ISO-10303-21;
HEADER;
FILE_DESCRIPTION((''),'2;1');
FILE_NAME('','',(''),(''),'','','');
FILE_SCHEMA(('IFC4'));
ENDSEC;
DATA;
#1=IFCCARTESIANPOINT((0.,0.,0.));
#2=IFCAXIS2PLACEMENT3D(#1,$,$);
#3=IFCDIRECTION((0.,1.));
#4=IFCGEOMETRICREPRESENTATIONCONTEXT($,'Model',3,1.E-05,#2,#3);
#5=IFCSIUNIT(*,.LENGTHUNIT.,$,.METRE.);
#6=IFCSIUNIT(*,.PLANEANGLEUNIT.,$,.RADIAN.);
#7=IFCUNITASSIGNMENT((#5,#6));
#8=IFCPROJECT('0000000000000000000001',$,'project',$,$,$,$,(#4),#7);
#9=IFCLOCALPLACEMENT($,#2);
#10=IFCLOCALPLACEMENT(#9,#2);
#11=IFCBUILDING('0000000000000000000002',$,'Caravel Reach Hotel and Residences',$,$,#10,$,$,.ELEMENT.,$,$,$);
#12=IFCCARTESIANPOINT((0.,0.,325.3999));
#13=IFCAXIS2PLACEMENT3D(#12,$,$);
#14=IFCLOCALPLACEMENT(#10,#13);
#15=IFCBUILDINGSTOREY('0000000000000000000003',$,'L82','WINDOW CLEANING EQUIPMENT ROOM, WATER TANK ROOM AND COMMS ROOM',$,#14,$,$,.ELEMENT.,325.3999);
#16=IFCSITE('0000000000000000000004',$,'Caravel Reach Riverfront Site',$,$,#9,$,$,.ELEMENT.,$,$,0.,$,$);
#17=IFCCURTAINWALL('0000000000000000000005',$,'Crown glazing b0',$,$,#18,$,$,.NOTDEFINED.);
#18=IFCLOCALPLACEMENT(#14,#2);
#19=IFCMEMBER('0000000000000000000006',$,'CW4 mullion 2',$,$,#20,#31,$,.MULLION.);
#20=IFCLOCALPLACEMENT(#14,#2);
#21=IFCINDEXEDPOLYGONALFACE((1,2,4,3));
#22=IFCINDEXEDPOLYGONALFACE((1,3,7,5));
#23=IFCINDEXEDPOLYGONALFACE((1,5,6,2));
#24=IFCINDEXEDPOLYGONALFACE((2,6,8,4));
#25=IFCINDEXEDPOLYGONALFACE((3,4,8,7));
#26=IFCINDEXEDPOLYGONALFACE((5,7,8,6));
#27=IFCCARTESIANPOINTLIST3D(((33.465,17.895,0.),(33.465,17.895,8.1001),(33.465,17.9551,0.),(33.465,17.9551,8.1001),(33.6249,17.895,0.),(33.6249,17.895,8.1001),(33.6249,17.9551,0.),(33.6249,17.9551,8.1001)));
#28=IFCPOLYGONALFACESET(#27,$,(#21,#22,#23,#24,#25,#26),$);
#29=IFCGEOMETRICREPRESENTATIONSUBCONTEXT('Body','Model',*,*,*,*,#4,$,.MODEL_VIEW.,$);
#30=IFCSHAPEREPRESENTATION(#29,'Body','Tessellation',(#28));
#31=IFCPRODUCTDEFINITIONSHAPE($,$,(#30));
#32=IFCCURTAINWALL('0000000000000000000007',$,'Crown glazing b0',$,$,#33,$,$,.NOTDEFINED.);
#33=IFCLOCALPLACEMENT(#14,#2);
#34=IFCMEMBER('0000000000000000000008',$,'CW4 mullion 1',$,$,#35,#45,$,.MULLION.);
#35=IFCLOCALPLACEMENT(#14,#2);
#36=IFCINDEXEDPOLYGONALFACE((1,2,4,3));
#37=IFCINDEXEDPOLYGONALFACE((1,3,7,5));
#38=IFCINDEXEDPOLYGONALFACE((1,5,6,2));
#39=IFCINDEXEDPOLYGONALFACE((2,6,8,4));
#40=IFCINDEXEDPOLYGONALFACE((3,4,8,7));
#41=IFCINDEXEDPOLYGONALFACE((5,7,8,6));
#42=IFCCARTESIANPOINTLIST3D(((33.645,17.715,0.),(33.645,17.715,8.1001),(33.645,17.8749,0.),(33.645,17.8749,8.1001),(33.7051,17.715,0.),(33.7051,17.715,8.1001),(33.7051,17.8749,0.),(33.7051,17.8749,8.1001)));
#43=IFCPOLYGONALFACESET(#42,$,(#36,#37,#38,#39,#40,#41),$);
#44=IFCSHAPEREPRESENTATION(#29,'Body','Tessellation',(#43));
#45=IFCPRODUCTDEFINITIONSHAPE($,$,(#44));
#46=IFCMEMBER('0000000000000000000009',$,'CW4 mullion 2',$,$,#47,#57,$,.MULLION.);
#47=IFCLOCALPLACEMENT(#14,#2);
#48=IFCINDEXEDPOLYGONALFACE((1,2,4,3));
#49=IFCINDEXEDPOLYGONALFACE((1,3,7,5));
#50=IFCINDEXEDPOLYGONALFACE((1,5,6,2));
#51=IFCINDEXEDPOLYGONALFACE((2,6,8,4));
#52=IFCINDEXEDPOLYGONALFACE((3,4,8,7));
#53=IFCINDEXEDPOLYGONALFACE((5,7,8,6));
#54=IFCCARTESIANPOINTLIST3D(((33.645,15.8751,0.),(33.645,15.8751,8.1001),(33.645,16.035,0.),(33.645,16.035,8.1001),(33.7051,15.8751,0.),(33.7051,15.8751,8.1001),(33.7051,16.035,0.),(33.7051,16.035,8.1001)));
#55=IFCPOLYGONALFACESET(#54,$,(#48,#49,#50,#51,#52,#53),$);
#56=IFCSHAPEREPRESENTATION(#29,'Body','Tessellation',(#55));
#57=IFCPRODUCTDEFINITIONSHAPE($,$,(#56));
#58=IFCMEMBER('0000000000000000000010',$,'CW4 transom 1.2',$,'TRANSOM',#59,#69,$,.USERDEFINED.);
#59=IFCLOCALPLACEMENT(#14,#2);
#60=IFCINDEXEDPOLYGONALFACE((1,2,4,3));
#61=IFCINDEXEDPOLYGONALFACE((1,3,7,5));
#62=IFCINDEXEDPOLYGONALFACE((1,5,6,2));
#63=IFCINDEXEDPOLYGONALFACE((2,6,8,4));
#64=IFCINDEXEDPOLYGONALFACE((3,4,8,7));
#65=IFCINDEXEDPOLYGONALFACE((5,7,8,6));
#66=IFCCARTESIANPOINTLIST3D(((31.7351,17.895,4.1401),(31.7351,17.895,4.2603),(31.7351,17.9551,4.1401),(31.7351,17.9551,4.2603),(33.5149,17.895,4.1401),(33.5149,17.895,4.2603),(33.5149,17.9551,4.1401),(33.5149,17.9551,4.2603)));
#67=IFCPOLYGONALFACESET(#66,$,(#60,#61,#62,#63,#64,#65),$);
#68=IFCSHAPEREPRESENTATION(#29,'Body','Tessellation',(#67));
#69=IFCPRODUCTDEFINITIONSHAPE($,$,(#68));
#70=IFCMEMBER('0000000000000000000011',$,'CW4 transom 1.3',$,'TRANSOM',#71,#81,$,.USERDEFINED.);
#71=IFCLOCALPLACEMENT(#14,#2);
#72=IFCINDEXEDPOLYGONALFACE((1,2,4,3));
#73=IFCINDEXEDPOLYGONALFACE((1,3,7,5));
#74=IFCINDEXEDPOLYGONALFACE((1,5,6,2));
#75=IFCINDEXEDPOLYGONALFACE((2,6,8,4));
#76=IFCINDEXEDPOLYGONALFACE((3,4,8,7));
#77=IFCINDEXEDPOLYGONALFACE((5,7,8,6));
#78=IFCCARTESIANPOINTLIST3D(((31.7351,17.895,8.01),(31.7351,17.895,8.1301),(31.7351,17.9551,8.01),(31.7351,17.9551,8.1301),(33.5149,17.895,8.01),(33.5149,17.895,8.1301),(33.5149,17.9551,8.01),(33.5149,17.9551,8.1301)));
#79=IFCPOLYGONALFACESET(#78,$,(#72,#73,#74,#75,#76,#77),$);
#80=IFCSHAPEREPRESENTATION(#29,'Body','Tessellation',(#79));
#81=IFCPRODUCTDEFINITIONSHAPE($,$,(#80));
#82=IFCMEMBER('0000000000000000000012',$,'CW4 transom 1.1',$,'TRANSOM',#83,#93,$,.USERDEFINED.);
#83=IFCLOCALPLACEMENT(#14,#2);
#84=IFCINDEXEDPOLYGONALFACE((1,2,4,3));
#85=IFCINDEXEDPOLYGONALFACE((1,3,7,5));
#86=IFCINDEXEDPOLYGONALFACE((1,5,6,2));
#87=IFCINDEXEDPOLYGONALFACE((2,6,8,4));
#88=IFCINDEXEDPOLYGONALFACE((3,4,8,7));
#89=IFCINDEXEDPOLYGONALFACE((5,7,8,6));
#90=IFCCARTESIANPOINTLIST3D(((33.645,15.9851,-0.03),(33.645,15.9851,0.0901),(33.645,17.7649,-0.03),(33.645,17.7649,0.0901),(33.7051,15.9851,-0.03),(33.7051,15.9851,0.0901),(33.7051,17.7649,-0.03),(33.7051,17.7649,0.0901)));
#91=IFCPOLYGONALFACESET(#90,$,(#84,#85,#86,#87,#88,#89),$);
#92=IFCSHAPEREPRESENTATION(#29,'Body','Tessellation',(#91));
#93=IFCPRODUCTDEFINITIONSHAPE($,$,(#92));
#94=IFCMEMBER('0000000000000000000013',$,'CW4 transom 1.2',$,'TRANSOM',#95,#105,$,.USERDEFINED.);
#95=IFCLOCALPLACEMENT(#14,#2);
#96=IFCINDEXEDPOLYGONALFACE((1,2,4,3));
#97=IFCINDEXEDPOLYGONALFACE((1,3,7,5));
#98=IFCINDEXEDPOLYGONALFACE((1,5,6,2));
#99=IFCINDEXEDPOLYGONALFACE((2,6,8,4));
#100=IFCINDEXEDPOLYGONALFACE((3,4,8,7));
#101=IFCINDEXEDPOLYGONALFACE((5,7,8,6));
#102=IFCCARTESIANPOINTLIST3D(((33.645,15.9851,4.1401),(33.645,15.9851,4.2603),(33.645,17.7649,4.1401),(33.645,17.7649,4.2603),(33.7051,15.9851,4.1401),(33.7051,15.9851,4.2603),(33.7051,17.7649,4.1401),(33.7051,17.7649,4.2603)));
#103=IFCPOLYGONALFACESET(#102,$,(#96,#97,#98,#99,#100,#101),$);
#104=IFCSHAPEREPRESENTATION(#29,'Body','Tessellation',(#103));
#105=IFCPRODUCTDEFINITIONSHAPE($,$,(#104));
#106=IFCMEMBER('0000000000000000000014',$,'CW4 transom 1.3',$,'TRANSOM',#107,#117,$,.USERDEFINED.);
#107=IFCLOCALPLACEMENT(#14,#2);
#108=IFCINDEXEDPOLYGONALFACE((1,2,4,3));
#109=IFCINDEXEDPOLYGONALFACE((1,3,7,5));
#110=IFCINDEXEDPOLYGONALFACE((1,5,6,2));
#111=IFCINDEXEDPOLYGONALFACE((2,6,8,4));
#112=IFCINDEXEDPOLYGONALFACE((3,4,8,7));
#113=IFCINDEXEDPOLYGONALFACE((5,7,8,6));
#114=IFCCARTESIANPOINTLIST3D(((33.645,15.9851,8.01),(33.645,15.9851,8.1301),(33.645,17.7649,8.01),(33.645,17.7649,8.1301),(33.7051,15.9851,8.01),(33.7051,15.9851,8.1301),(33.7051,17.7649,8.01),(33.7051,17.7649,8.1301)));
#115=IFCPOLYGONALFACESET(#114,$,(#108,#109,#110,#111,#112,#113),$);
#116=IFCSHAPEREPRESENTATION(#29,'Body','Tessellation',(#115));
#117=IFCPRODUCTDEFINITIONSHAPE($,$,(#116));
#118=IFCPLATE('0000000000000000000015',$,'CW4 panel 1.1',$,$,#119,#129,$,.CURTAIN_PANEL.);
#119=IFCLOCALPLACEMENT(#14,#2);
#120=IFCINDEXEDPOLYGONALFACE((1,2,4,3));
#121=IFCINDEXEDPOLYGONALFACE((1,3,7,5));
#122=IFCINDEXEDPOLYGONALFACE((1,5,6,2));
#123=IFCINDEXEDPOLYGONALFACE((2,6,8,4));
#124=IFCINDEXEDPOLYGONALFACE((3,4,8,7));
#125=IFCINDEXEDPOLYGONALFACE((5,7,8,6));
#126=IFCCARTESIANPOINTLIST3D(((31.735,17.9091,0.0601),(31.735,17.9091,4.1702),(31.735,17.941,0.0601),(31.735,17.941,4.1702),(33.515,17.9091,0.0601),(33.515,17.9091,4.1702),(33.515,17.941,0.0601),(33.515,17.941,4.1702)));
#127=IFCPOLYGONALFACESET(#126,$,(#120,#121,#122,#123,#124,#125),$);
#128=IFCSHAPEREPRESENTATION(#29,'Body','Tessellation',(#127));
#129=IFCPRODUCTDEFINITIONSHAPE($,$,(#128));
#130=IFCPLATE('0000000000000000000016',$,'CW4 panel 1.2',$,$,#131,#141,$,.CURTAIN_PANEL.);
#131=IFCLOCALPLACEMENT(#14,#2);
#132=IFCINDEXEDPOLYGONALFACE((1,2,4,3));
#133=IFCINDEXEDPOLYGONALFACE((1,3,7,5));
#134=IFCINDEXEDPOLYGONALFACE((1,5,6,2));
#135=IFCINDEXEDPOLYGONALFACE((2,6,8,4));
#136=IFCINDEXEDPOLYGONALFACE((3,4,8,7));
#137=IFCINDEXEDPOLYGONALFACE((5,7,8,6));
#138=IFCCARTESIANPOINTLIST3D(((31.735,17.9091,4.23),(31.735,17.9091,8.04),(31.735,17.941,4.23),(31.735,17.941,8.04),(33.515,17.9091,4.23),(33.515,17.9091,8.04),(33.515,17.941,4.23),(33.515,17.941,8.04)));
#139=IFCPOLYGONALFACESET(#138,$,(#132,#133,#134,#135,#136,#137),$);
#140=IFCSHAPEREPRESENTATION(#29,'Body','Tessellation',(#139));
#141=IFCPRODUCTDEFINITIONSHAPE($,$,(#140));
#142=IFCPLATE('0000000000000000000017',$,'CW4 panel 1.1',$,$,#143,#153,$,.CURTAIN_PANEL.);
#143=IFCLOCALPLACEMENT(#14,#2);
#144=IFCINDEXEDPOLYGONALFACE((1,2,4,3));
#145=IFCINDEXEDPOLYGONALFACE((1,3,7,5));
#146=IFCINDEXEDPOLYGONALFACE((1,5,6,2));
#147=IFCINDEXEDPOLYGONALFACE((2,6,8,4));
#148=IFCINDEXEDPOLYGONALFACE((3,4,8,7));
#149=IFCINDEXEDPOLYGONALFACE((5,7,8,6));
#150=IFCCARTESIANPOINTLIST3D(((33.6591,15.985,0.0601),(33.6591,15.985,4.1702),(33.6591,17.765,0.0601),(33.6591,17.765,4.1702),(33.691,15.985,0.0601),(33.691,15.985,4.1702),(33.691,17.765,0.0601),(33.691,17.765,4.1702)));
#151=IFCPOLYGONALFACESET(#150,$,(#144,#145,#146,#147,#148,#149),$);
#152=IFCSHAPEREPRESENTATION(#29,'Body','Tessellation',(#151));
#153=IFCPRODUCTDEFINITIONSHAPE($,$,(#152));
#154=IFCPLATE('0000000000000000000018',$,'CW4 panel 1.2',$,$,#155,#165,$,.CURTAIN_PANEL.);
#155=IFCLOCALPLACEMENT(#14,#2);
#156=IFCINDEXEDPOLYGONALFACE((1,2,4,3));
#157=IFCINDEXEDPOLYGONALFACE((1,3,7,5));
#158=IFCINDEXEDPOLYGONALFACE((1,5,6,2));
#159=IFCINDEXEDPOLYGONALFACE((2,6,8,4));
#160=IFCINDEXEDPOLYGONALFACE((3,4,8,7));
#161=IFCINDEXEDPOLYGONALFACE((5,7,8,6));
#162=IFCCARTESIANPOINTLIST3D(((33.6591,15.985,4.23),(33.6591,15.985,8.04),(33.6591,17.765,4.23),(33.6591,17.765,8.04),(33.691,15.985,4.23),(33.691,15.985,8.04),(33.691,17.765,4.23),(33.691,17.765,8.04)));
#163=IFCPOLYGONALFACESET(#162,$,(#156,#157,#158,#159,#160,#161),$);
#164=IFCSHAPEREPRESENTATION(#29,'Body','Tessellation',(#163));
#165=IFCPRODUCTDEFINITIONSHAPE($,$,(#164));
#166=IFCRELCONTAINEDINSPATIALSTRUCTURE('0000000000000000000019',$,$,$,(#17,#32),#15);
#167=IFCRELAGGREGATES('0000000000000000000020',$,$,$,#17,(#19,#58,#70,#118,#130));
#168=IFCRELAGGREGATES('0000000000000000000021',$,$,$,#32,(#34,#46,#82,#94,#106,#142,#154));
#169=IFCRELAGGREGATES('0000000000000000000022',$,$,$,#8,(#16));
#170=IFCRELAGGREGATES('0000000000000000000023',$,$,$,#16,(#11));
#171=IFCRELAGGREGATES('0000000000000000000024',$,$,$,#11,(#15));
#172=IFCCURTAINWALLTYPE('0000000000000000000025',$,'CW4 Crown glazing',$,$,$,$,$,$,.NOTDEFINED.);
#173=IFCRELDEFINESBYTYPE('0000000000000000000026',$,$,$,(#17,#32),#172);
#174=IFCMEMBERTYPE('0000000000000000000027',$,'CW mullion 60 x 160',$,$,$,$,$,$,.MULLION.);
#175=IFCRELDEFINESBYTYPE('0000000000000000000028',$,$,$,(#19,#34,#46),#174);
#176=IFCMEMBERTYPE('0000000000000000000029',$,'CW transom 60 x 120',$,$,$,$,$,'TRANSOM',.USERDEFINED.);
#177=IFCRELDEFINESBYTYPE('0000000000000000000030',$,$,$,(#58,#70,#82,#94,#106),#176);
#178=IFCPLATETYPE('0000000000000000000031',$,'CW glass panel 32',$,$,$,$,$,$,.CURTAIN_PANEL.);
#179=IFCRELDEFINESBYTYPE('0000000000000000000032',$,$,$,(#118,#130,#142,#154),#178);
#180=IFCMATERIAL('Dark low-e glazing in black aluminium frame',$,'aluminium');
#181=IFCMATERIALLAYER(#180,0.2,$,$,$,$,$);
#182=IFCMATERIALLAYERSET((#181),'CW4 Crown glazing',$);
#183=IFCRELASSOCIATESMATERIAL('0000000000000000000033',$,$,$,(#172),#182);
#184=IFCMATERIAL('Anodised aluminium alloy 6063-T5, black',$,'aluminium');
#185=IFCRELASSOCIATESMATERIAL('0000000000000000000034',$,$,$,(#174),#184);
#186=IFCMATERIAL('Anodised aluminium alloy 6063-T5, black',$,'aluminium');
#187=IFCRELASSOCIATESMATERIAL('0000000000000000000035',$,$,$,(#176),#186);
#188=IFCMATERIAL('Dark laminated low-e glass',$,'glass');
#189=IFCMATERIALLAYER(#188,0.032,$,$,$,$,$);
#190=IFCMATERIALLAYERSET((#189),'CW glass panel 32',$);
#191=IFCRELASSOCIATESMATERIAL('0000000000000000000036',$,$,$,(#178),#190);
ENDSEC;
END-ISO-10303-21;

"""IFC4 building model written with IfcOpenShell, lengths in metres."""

from ifc_helpers import new_model, si_unit, direction, frame, origin, origin_2d, place, context, subcontext, project, spatial, rectangle, extrude, material, layer, layer_set, material_profile, profile_set, type_object, element, aggregate, save


model = new_model("IFC4")

# Units and contexts
model_context = context("Model", 3, precision=1e-05, world=origin(), true_north=direction((0.0, 1.0)))
body_context = subcontext(model_context, "Body", "Model", "MODEL_VIEW")
ifc_project = project(units=[si_unit("LENGTHUNIT", "METRE"), si_unit("PLANEANGLEUNIT", "RADIAN")], contexts=[model_context])

# Site, building, storey
site_placement = place(None, origin())
site = spatial("IfcSite", under=ifc_project, at=site_placement, Name="Caravel Reach Riverfront Site", CompositionType="ELEMENT", RefElevation=0.0)
building_placement = place(site_placement, origin())
building = spatial("IfcBuilding", under=site, at=building_placement, Name="Caravel Reach Hotel and Residences", CompositionType="ELEMENT")
storey_placement = place(building_placement, frame((0.0, 0.0, 325.3999)))
storey = spatial("IfcBuildingStorey", under=building, at=storey_placement, Name="L82", Description="WINDOW CLEANING EQUIPMENT ROOM, WATER TANK ROOM AND COMMS ROOM", CompositionType="ELEMENT", Elevation=325.3999)

# Curtain wall, member
ifc_material_1 = material(Name="Dark low-e glazing in black aluminium frame", Category="aluminium")
ifc_layer_1 = layer(ifc_material_1, 0.2)
ifc_layer_set_1 = layer_set([ifc_layer_1], Name="CW4 Crown glazing")
curtain_wall_type = type_object("IfcCurtainWallType", Name="CW4 Crown glazing", PredefinedType="NOTDEFINED", material=ifc_layer_set_1)
curtain_wall_1_placement = place(storey_placement, origin())
curtain_wall_1 = element("IfcCurtainWall", 1, at=curtain_wall_1_placement, inside=storey, type_object=curtain_wall_type, Name="Crown glazing b0", PredefinedType="NOTDEFINED")
ifc_material_2 = material(Name="Anodised aluminium alloy 6063-T5, black", Category="aluminium")
ifc_material_profile_1 = material_profile(ifc_material_2, rectangle(XDim=0.0601, YDim=0.1599, at=origin_2d()), Name="CW mullion 60 x 160")
ifc_profile_set_1 = profile_set([ifc_material_profile_1], Name="Anodised aluminium alloy 6063-T5, black")
member_type_1 = type_object("IfcMemberType", Name="CW mullion 60 x 160", PredefinedType="MULLION", material=ifc_profile_set_1)
member_1_placement = place(storey_placement, frame((33.5449, 17.925, 0.0), z_axis=(0.0, 0.0, 1.0), x_axis=(0.0, 1.0, 0.0)))
member_1 = element("IfcMember", 2, at=member_1_placement, type_object=member_type_1, Name="CW4 mullion 2", PredefinedType="MULLION", context=body_context, shape_type="SweptSolid", body=[
    extrude(rectangle(XDim=0.0601, YDim=0.1599, at=origin_2d()), origin(), (0.0, 0.0, 1.0), 8.1001),
])

# Curtain wall, members
curtain_wall_2_placement = place(storey_placement, origin())
curtain_wall_2 = element("IfcCurtainWall", 3, at=curtain_wall_2_placement, inside=storey, type_object=curtain_wall_type, Name="Crown glazing b0", PredefinedType="NOTDEFINED")
member_2_placement = place(storey_placement, frame((33.675, 17.7949, 0.0), z_axis=(0.0, 0.0, 1.0), x_axis=(1.0, 0.0, 0.0)))
member_2 = element("IfcMember", 4, at=member_2_placement, type_object=member_type_1, Name="CW4 mullion 1", PredefinedType="MULLION", context=body_context, shape_type="SweptSolid", body=[
    extrude(rectangle(XDim=0.0601, YDim=0.1599, at=origin_2d()), origin(), (0.0, 0.0, 1.0), 8.1001),
])
member_3_placement = place(storey_placement, frame((33.675, 15.9551, 0.0), z_axis=(0.0, 0.0, 1.0), x_axis=(1.0, 0.0, 0.0)))
member_3 = element("IfcMember", 5, at=member_3_placement, type_object=member_type_1, Name="CW4 mullion 2", PredefinedType="MULLION", context=body_context, shape_type="SweptSolid", body=[
    extrude(rectangle(XDim=0.0601, YDim=0.1599, at=origin_2d()), origin(), (0.0, 0.0, 1.0), 8.1001),
])

# Members
ifc_material_3 = material(Name="Anodised aluminium alloy 6063-T5, black", Category="aluminium")
ifc_material_profile_2 = material_profile(ifc_material_3, rectangle(XDim=0.0601, YDim=0.1201, at=origin_2d()), Name="CW transom 60 x 120")
ifc_profile_set_2 = profile_set([ifc_material_profile_2], Name="Anodised aluminium alloy 6063-T5, black")
member_type_2 = type_object("IfcMemberType", Name="CW transom 60 x 120", ElementType="TRANSOM", PredefinedType="USERDEFINED", material=ifc_profile_set_2)
member_4_placement = place(storey_placement, frame((31.7351, 17.925, 4.2002), z_axis=(1.0, 0.0, 0.0), x_axis=(0.0, 1.0, 0.0)))
member_4 = element("IfcMember", 6, at=member_4_placement, type_object=member_type_2, Name="CW4 transom 1.2", ObjectType="TRANSOM", PredefinedType="USERDEFINED", context=body_context, shape_type="SweptSolid", body=[
    extrude(rectangle(XDim=0.0601, YDim=0.1201, at=origin_2d()), origin(), (0.0, 0.0, 1.0), 1.7798),
])
member_5_placement = place(storey_placement, frame((31.7351, 17.925, 8.0701), z_axis=(1.0, 0.0, 0.0), x_axis=(0.0, 1.0, 0.0)))
member_5 = element("IfcMember", 7, at=member_5_placement, type_object=member_type_2, Name="CW4 transom 1.3", ObjectType="TRANSOM", PredefinedType="USERDEFINED", context=body_context, shape_type="SweptSolid", body=[
    extrude(rectangle(XDim=0.0601, YDim=0.1201, at=origin_2d()), origin(), (0.0, 0.0, 1.0), 1.7798),
])
member_6_placement = place(storey_placement, frame((33.675, 17.7649, 0.03), z_axis=(0.0, -1.0, 0.0), x_axis=(1.0, 0.0, 0.0)))
member_6 = element("IfcMember", 8, at=member_6_placement, type_object=member_type_2, Name="CW4 transom 1.1", ObjectType="TRANSOM", PredefinedType="USERDEFINED", context=body_context, shape_type="SweptSolid", body=[
    extrude(rectangle(XDim=0.0601, YDim=0.1201, at=origin_2d()), origin(), (0.0, 0.0, 1.0), 1.7798),
])
member_7_placement = place(storey_placement, frame((33.675, 17.7649, 4.2002), z_axis=(0.0, -1.0, 0.0), x_axis=(1.0, 0.0, 0.0)))
member_7 = element("IfcMember", 9, at=member_7_placement, type_object=member_type_2, Name="CW4 transom 1.2", ObjectType="TRANSOM", PredefinedType="USERDEFINED", context=body_context, shape_type="SweptSolid", body=[
    extrude(rectangle(XDim=0.0601, YDim=0.1201, at=origin_2d()), origin(), (0.0, 0.0, 1.0), 1.7798),
])
member_8_placement = place(storey_placement, frame((33.675, 17.7649, 8.0701), z_axis=(0.0, -1.0, 0.0), x_axis=(1.0, 0.0, 0.0)))
member_8 = element("IfcMember", 10, at=member_8_placement, type_object=member_type_2, Name="CW4 transom 1.3", ObjectType="TRANSOM", PredefinedType="USERDEFINED", context=body_context, shape_type="SweptSolid", body=[
    extrude(rectangle(XDim=0.0601, YDim=0.1201, at=origin_2d()), origin(), (0.0, 0.0, 1.0), 1.7798),
])

# Plates
ifc_material_4 = material(Name="Dark laminated low-e glass", Category="glass")
ifc_layer_2 = layer(ifc_material_4, 0.032)
ifc_layer_set_2 = layer_set([ifc_layer_2], Name="CW glass panel 32")
plate_type = type_object("IfcPlateType", Name="CW glass panel 32", PredefinedType="CURTAIN_PANEL", material=ifc_layer_set_2)
plate_1_placement = place(storey_placement, frame((32.625, 17.925, 0.0601), z_axis=(0.0, 0.0, 1.0), x_axis=(1.0, 0.0, 0.0)))
plate_1 = element("IfcPlate", 11, at=plate_1_placement, type_object=plate_type, Name="CW4 panel 1.1", PredefinedType="CURTAIN_PANEL", context=body_context, shape_type="SweptSolid", body=[
    extrude(rectangle(XDim=1.78, YDim=0.032, at=origin_2d()), origin(), (0.0, 0.0, 1.0), 4.1101),
])
plate_2_placement = place(storey_placement, frame((32.625, 17.925, 4.23), z_axis=(0.0, 0.0, 1.0), x_axis=(1.0, 0.0, 0.0)))
plate_2 = element("IfcPlate", 12, at=plate_2_placement, type_object=plate_type, Name="CW4 panel 1.2", PredefinedType="CURTAIN_PANEL", context=body_context, shape_type="SweptSolid", body=[
    extrude(rectangle(XDim=1.78, YDim=0.032, at=origin_2d()), origin(), (0.0, 0.0, 1.0), 3.8101),
])
aggregate(curtain_wall_1, [member_1, member_4, member_5, plate_1, plate_2])
plate_3_placement = place(storey_placement, frame((33.675, 16.875, 0.0601), z_axis=(0.0, 0.0, 1.0), x_axis=(0.0, -1.0, 0.0)))
plate_3 = element("IfcPlate", 13, at=plate_3_placement, type_object=plate_type, Name="CW4 panel 1.1", PredefinedType="CURTAIN_PANEL", context=body_context, shape_type="SweptSolid", body=[
    extrude(rectangle(XDim=1.78, YDim=0.032, at=origin_2d()), origin(), (0.0, 0.0, 1.0), 4.1101),
])
plate_4_placement = place(storey_placement, frame((33.675, 16.875, 4.23), z_axis=(0.0, 0.0, 1.0), x_axis=(0.0, -1.0, 0.0)))
plate_4 = element("IfcPlate", 14, at=plate_4_placement, type_object=plate_type, Name="CW4 panel 1.2", PredefinedType="CURTAIN_PANEL", context=body_context, shape_type="SweptSolid", body=[
    extrude(rectangle(XDim=1.78, YDim=0.032, at=origin_2d()), origin(), (0.0, 0.0, 1.0), 3.8101),
])
aggregate(curtain_wall_2, [member_2, member_3, member_6, member_7, member_8, plate_3, plate_4])

save(model, "model.ifc")
